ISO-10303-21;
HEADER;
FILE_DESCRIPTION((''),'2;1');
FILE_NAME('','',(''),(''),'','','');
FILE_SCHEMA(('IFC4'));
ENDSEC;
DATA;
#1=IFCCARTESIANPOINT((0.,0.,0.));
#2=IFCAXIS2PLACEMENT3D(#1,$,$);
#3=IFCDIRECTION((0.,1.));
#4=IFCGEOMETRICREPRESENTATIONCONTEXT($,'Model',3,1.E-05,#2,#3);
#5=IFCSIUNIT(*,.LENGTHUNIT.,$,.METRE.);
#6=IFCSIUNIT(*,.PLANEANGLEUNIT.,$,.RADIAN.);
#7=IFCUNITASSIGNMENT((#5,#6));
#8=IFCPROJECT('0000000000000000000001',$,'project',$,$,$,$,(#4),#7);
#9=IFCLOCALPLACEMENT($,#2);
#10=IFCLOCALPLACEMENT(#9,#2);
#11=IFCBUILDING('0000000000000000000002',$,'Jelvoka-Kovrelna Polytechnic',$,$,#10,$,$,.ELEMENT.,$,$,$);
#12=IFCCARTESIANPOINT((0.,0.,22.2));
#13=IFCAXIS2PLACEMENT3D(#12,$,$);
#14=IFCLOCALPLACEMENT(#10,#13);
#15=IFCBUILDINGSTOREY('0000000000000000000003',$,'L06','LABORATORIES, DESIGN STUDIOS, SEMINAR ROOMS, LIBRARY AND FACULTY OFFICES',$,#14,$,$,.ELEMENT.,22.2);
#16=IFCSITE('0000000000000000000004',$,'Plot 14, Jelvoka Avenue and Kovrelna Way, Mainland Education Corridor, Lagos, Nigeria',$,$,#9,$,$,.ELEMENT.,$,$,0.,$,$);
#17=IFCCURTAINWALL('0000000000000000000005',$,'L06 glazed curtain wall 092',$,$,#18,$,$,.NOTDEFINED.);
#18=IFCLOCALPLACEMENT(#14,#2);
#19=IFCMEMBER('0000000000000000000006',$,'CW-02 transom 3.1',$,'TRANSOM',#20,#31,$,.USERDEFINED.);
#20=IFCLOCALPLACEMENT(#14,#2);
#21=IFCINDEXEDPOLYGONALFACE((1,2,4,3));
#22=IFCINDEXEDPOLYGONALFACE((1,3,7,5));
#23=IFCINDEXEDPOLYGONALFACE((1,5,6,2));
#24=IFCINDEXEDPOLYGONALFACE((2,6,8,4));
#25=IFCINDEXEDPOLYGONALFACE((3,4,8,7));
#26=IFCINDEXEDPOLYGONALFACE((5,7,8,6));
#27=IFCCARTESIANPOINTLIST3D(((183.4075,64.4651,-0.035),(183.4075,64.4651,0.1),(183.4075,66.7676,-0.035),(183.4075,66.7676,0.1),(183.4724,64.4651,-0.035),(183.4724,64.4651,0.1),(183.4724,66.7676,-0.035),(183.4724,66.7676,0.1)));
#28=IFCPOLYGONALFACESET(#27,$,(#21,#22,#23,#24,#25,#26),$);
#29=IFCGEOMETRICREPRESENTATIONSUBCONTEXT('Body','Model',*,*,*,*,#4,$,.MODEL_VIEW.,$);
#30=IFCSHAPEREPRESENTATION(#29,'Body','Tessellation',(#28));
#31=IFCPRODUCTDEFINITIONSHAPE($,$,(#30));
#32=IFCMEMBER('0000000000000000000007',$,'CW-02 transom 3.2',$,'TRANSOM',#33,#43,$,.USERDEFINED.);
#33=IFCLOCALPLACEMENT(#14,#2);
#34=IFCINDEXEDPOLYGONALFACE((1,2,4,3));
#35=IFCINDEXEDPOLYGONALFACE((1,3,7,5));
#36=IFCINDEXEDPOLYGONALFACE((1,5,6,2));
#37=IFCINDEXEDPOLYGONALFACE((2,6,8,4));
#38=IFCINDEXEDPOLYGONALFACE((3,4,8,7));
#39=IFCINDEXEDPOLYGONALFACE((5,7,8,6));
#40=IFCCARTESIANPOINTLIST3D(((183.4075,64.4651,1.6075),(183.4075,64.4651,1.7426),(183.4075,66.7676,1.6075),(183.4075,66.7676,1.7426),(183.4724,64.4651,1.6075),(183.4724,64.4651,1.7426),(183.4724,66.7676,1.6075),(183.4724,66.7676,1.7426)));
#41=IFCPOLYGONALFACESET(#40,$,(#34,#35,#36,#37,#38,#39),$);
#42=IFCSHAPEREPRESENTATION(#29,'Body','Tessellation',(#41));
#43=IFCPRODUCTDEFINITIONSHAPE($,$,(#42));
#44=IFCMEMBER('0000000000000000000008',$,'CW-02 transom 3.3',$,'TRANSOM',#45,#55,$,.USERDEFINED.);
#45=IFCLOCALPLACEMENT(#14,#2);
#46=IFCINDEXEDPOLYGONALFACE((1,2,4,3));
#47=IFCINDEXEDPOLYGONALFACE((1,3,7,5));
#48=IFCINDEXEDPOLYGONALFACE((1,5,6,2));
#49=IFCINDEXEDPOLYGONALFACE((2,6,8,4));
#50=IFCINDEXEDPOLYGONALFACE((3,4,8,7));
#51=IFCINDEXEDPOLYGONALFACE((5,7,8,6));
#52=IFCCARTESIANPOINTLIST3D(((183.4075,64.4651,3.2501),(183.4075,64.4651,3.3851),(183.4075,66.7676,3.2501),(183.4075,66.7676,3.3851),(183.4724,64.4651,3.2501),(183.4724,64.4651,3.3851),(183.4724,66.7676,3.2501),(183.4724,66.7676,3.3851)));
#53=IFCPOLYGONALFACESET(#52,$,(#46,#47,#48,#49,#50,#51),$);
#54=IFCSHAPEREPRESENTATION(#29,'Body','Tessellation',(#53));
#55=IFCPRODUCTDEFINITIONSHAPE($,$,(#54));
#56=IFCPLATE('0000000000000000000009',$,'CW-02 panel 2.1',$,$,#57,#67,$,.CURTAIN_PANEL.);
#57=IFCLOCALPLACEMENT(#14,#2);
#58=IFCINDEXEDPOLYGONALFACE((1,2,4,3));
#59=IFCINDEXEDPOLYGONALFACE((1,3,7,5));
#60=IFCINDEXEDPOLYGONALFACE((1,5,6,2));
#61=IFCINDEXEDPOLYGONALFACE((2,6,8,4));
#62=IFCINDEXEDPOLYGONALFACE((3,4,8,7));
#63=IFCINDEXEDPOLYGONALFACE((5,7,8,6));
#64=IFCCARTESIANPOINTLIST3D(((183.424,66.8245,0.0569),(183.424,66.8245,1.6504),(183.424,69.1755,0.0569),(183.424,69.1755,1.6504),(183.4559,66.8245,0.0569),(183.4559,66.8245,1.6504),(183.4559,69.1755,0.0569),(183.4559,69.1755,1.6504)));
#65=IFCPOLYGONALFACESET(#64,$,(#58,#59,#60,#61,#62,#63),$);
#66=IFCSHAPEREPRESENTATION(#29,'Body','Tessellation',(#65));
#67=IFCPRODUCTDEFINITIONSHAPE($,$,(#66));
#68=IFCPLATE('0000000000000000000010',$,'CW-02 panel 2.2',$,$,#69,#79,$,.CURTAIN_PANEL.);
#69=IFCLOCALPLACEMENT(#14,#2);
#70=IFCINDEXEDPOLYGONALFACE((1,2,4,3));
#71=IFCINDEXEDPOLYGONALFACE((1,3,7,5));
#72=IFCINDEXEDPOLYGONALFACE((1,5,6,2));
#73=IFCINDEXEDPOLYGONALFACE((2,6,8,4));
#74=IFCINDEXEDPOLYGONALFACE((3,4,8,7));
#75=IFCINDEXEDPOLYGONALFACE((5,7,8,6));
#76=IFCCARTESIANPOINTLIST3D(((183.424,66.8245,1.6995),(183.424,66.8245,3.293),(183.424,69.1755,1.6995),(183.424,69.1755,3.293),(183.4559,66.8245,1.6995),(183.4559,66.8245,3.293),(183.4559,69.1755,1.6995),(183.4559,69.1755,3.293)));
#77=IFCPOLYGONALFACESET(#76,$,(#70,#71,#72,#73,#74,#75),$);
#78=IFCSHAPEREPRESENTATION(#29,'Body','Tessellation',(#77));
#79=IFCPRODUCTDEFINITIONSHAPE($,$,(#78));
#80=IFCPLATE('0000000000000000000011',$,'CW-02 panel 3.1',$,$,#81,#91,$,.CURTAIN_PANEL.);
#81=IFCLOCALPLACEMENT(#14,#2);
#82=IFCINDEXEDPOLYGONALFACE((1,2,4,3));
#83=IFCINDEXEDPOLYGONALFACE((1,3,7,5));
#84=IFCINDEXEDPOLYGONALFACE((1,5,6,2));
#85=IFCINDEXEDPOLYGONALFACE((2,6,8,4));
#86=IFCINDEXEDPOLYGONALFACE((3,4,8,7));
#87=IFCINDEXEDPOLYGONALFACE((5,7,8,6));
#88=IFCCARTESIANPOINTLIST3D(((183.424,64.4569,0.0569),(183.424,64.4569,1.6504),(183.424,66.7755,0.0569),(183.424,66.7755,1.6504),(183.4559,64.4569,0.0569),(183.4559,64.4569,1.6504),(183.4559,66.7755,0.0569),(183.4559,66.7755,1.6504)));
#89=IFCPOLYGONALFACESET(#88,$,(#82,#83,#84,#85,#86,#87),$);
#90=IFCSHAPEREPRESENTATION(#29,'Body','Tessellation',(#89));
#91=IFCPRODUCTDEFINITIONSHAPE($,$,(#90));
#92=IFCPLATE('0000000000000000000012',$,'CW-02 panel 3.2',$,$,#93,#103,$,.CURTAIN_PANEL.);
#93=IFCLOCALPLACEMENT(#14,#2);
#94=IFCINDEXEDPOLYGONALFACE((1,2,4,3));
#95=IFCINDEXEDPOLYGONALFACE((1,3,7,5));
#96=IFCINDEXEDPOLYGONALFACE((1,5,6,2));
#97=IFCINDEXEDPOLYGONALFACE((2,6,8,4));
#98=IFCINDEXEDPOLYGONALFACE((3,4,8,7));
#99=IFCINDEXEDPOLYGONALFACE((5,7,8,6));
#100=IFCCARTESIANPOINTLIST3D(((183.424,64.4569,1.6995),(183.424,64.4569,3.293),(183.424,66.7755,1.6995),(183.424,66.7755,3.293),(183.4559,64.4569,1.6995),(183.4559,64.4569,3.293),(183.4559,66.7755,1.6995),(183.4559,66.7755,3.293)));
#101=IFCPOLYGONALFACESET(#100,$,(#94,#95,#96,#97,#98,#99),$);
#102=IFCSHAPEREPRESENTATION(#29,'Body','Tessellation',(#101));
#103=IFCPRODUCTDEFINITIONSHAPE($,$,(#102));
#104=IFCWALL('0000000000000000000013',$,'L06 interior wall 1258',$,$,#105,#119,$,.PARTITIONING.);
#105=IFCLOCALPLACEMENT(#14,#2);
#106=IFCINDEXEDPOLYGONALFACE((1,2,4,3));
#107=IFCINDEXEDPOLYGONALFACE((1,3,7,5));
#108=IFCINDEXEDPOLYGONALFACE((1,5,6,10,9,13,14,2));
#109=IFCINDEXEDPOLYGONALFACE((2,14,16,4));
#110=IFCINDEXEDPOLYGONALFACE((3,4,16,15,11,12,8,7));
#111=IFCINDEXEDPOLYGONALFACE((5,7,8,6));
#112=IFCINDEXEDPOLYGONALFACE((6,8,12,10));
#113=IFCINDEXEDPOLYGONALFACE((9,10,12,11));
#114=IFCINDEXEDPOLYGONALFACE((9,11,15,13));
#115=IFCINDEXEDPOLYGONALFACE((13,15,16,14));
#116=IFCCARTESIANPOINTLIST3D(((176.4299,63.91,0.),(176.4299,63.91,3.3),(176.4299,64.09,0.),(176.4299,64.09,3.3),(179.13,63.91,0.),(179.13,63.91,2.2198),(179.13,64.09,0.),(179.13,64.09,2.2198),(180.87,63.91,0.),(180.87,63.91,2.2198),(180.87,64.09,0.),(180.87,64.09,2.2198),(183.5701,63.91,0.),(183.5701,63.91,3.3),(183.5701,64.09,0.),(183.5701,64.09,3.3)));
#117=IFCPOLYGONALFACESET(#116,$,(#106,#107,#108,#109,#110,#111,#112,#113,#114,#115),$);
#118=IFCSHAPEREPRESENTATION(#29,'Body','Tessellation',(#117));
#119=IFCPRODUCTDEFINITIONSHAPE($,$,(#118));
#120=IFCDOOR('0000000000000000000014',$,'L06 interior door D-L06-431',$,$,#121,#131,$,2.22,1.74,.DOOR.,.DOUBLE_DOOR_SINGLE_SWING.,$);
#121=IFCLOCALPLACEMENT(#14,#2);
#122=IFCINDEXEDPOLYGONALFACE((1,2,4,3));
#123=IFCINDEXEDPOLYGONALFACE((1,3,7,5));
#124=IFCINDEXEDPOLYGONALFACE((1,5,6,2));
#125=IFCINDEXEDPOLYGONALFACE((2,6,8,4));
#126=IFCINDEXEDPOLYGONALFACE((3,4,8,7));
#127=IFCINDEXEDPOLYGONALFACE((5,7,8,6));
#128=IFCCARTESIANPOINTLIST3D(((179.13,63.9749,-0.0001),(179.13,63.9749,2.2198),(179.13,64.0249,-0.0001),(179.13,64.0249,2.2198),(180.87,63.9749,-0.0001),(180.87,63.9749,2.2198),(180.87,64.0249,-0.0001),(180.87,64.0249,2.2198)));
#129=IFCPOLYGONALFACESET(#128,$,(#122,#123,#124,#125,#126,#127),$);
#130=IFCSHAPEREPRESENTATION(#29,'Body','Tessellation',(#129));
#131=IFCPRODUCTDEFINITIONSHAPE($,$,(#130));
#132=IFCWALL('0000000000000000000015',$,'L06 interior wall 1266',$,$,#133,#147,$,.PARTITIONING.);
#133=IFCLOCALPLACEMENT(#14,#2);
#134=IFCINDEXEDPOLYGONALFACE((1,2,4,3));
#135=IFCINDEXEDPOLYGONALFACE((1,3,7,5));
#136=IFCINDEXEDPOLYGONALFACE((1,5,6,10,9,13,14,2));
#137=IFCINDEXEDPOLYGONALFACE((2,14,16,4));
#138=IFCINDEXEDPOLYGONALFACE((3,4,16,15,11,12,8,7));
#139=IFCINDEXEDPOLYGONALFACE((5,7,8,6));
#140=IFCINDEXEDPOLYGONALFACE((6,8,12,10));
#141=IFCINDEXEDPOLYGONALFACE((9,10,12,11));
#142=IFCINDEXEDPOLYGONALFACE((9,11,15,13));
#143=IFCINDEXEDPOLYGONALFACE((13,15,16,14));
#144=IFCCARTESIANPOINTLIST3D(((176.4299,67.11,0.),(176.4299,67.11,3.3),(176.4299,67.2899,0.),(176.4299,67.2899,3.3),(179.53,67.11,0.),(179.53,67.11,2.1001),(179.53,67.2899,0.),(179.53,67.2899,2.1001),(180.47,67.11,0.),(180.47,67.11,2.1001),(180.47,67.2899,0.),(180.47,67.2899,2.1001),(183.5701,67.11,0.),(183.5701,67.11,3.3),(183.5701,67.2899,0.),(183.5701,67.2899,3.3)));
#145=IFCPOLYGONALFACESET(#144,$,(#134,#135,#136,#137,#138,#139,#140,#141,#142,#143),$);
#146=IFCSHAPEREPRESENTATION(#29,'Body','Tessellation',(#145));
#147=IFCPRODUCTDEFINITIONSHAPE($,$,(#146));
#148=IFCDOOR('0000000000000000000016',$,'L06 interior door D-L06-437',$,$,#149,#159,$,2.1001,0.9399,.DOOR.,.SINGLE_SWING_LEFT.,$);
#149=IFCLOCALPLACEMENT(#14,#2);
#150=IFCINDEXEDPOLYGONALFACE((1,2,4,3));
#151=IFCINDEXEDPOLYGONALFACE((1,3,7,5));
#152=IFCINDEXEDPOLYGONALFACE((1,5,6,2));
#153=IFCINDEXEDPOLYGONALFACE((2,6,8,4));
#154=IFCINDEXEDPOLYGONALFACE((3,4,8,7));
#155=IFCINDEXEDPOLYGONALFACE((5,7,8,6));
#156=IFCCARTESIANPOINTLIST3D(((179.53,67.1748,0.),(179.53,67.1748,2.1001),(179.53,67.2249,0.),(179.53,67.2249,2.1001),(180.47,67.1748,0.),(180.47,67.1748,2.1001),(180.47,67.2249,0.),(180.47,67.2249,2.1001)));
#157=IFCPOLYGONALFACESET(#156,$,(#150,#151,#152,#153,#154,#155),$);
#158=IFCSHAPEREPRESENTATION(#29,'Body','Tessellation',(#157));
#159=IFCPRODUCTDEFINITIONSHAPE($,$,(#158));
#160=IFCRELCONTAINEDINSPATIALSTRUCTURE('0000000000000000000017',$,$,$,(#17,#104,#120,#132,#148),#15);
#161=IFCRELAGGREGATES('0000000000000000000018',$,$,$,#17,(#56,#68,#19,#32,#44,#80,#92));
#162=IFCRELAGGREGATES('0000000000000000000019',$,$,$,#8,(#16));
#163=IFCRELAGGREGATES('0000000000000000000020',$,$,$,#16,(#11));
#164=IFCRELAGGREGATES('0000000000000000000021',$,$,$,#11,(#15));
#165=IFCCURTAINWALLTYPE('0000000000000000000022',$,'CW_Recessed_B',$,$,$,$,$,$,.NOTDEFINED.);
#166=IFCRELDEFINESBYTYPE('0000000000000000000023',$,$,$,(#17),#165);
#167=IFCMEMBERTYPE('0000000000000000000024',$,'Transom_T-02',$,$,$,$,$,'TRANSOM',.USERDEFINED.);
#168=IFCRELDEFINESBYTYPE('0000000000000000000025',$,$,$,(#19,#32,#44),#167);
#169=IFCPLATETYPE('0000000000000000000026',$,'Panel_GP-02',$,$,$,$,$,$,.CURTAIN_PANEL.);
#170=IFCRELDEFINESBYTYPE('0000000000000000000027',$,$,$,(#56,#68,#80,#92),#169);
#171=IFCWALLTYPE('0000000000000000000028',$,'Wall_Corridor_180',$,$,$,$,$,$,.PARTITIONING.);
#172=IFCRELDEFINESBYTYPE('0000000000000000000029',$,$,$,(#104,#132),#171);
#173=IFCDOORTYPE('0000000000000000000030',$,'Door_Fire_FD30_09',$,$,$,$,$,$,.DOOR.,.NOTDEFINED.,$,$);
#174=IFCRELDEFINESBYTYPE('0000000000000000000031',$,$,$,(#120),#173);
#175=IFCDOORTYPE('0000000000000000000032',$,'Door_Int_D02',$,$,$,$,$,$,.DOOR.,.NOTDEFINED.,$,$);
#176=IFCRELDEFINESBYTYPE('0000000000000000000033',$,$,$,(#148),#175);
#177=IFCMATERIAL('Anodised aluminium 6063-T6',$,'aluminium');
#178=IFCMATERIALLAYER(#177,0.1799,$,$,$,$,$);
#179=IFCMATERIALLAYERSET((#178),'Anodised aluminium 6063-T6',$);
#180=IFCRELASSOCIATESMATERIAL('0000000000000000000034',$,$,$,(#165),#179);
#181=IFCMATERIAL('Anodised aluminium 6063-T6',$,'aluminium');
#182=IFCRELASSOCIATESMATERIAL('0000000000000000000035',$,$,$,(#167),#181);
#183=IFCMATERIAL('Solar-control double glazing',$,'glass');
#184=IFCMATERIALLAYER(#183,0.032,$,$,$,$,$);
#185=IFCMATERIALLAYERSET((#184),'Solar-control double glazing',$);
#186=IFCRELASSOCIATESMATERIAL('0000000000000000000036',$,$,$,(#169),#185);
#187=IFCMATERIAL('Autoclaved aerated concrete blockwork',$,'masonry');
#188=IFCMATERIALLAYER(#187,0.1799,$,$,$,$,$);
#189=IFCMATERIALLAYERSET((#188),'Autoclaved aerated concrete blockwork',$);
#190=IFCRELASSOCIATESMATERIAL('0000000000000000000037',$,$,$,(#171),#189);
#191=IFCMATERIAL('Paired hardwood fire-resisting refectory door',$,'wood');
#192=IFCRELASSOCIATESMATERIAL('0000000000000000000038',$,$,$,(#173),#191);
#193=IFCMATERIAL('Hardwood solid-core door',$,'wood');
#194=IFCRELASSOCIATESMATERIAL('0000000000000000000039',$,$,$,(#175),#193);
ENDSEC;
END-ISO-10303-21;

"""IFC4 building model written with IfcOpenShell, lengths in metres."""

from ifc_helpers import new_model, si_unit, direction, frame, frame_2d, origin, origin_2d, place, context, subcontext, project, spatial, rectangle, extrude, material, layer, layer_set, material_profile, profile_set, type_object, element, fill, aggregate, save


model = new_model("IFC4")

# Units and contexts
model_context = context("Model", 3, precision=1e-05, world=origin(), true_north=direction((0.0, 1.0)))
body_context = subcontext(model_context, "Body", "Model", "MODEL_VIEW")
ifc_project = project(units=[si_unit("LENGTHUNIT", "METRE"), si_unit("PLANEANGLEUNIT", "RADIAN")], contexts=[model_context])

# Site, building, storey
site_placement = place(None, origin())
site = spatial("IfcSite", under=ifc_project, at=site_placement, Name="Plot 14, Jelvoka Avenue and Kovrelna Way, Mainland Education Corridor, Lagos, Nigeria", CompositionType="ELEMENT", RefElevation=0.0)
building_placement = place(site_placement, origin())
building = spatial("IfcBuilding", under=site, at=building_placement, Name="Jelvoka-Kovrelna Polytechnic", CompositionType="ELEMENT")
storey_placement = place(building_placement, frame((0.0, 0.0, 22.2)))
storey = spatial("IfcBuildingStorey", under=building, at=storey_placement, Name="L06", Description="LABORATORIES, DESIGN STUDIOS, SEMINAR ROOMS, LIBRARY AND FACULTY OFFICES", CompositionType="ELEMENT", Elevation=22.2)

# Curtain wall
ifc_material_1 = material(Name="Anodised aluminium 6063-T6", Category="aluminium")
ifc_layer_1 = layer(ifc_material_1, 0.1799)
ifc_layer_set_1 = layer_set([ifc_layer_1], Name="Anodised aluminium 6063-T6")
curtain_wall_type = type_object("IfcCurtainWallType", Name="CW_Recessed_B", PredefinedType="NOTDEFINED", material=ifc_layer_set_1)
curtain_wall_placement = place(storey_placement, origin())
curtain_wall = element("IfcCurtainWall", 1, at=curtain_wall_placement, inside=storey, type_object=curtain_wall_type, Name="L06 glazed curtain wall 092", PredefinedType="NOTDEFINED")

# Members
ifc_material_2 = material(Name="Anodised aluminium 6063-T6", Category="aluminium")
ifc_material_profile_1 = material_profile(ifc_material_2, rectangle(XDim=0.0649, YDim=0.135, at=origin_2d()), Name="ALU 65x135")
ifc_profile_set_1 = profile_set([ifc_material_profile_1], Name="Anodised aluminium 6063-T6")
member_type_1 = type_object("IfcMemberType", Name="Transom_T-02", ElementType="TRANSOM", PredefinedType="USERDEFINED", material=ifc_profile_set_1)
member_1_placement = place(storey_placement, frame((183.4399, 66.7676, 0.0325), z_axis=(0.0, -1.0, 0.0), x_axis=(1.0, 0.0, 0.0)))
member_1 = element("IfcMember", 2, at=member_1_placement, type_object=member_type_1, Name="CW-02 transom 3.1", ObjectType="TRANSOM", PredefinedType="USERDEFINED", context=body_context, shape_type="SweptSolid", body=[
    extrude(rectangle(XDim=0.0649, YDim=0.135, at=origin_2d()), origin(), (0.0, 0.0, 1.0), 2.3025),
])
member_2_placement = place(storey_placement, frame((183.4399, 66.7676, 1.675), z_axis=(0.0, -1.0, 0.0), x_axis=(1.0, 0.0, 0.0)))
member_2 = element("IfcMember", 3, at=member_2_placement, type_object=member_type_1, Name="CW-02 transom 3.2", ObjectType="TRANSOM", PredefinedType="USERDEFINED", context=body_context, shape_type="SweptSolid", body=[
    extrude(rectangle(XDim=0.0649, YDim=0.135, at=origin_2d()), origin(), (0.0, 0.0, 1.0), 2.3025),
])
member_3_placement = place(storey_placement, frame((183.4399, 66.7676, 3.3176), z_axis=(0.0, -1.0, 0.0), x_axis=(1.0, 0.0, 0.0)))
member_3 = element("IfcMember", 4, at=member_3_placement, type_object=member_type_1, Name="CW-02 transom 3.3", ObjectType="TRANSOM", PredefinedType="USERDEFINED", context=body_context, shape_type="SweptSolid", body=[
    extrude(rectangle(XDim=0.0649, YDim=0.135, at=origin_2d()), origin(), (0.0, 0.0, 1.0), 2.3025),
])

# Plates
ifc_material_3 = material(Name="Solar-control double glazing", Category="glass")
ifc_layer_2 = layer(ifc_material_3, 0.032)
ifc_layer_set_2 = layer_set([ifc_layer_2], Name="Solar-control double glazing")
plate_type = type_object("IfcPlateType", Name="Panel_GP-02", PredefinedType="CURTAIN_PANEL", material=ifc_layer_set_2)
plate_1_placement = place(storey_placement, frame((183.4399, 68.0, 0.0569), z_axis=(0.0, 0.0, 1.0), x_axis=(0.0, -1.0, 0.0)))
plate_1 = element("IfcPlate", 5, at=plate_1_placement, type_object=plate_type, Name="CW-02 panel 2.1", PredefinedType="CURTAIN_PANEL", context=body_context, shape_type="SweptSolid", body=[
    extrude(rectangle(XDim=2.3511, YDim=0.032, at=origin_2d()), origin(), (0.0, 0.0, 1.0), 1.5935),
])
plate_2_placement = place(storey_placement, frame((183.4399, 68.0, 1.6995), z_axis=(0.0, 0.0, 1.0), x_axis=(0.0, -1.0, 0.0)))
plate_2 = element("IfcPlate", 6, at=plate_2_placement, type_object=plate_type, Name="CW-02 panel 2.2", PredefinedType="CURTAIN_PANEL", context=body_context, shape_type="SweptSolid", body=[
    extrude(rectangle(XDim=2.3511, YDim=0.032, at=origin_2d()), origin(), (0.0, 0.0, 1.0), 1.5935),
])
plate_3_placement = place(storey_placement, frame((183.4399, 65.6162, 0.0569), z_axis=(0.0, 0.0, 1.0), x_axis=(0.0, -1.0, 0.0)))
plate_3 = element("IfcPlate", 7, at=plate_3_placement, type_object=plate_type, Name="CW-02 panel 3.1", PredefinedType="CURTAIN_PANEL", context=body_context, shape_type="SweptSolid", body=[
    extrude(rectangle(XDim=2.3186, YDim=0.032, at=origin_2d()), origin(), (0.0, 0.0, 1.0), 1.5935),
])
plate_4_placement = place(storey_placement, frame((183.4399, 65.6162, 1.6995), z_axis=(0.0, 0.0, 1.0), x_axis=(0.0, -1.0, 0.0)))
plate_4 = element("IfcPlate", 8, at=plate_4_placement, type_object=plate_type, Name="CW-02 panel 3.2", PredefinedType="CURTAIN_PANEL", context=body_context, shape_type="SweptSolid", body=[
    extrude(rectangle(XDim=2.3186, YDim=0.032, at=origin_2d()), origin(), (0.0, 0.0, 1.0), 1.5935),
])
aggregate(curtain_wall, [plate_1, plate_2, member_1, member_2, member_3, plate_3, plate_4])

# Walls, openings, doors
ifc_material_4 = material(Name="Autoclaved aerated concrete blockwork", Category="masonry")
ifc_layer_3 = layer(ifc_material_4, 0.1799)
ifc_layer_set_3 = layer_set([ifc_layer_3], Name="Autoclaved aerated concrete blockwork")
wall_type_1 = type_object("IfcWallType", Name="Wall_Corridor_180", PredefinedType="PARTITIONING", material=ifc_layer_set_3)
wall_1_placement = place(storey_placement, frame((176.4299, 64.0, 0.0), z_axis=(0.0, 0.0, 1.0), x_axis=(1.0, 0.0, 0.0)))
wall_1 = element("IfcWall", 9, at=wall_1_placement, inside=storey, type_object=wall_type_1, Name="L06 interior wall 1258", PredefinedType="PARTITIONING", context=body_context, shape_type="SweptSolid", body=[
    extrude(rectangle(XDim=7.1401, YDim=0.1799, at=frame_2d((3.5701, 0.0))), origin(), (0.0, 0.0, 1.0), 3.3),
])
opening_1_placement = place(wall_1_placement, frame((2.7, 0.0, 0.0)))
opening_1 = element("IfcOpeningElement", 10, at=opening_1_placement, cuts=wall_1, PredefinedType="OPENING", context=body_context, shape_type="SweptSolid", body=[
    extrude(rectangle(XDim=1.74, YDim=2.22, at=frame_2d((0.8701, 1.1099))), frame((0.0, 0.0999, 0.0), z_axis=(0.0, -1.0, 0.0), x_axis=(1.0, 0.0, 0.0)), (0.0, 0.0, 1.0), 0.2),
])
ifc_material_5 = material(Name="Paired hardwood fire-resisting refectory door", Category="wood")
door_type_1 = type_object("IfcDoorType", Name="Door_Fire_FD30_09", OperationType="NOTDEFINED", PredefinedType="DOOR", material=ifc_material_5)
door_1_placement = place(opening_1_placement, origin())
door_1 = element("IfcDoor", 11, at=door_1_placement, inside=storey, type_object=door_type_1, Name="L06 interior door D-L06-431", OperationType="DOUBLE_DOOR_SINGLE_SWING", OverallHeight=2.22, OverallWidth=1.74, PredefinedType="DOOR", context=body_context, shape_type="SweptSolid", body=[
    extrude(rectangle(XDim=1.74, YDim=2.22, at=frame_2d((0.8701, 1.1099))), frame((0.0, 0.0249, 0.0), z_axis=(0.0, -1.0, 0.0), x_axis=(1.0, 0.0, 0.0)), (0.0, 0.0, 1.0), 0.05),
])
fill(opening_1, door_1)
wall_2_placement = place(storey_placement, frame((176.4299, 67.2, 0.0), z_axis=(0.0, 0.0, 1.0), x_axis=(1.0, 0.0, 0.0)))
wall_2 = element("IfcWall", 12, at=wall_2_placement, inside=storey, type_object=wall_type_1, Name="L06 interior wall 1266", PredefinedType="PARTITIONING", context=body_context, shape_type="SweptSolid", body=[
    extrude(rectangle(XDim=7.1401, YDim=0.1799, at=frame_2d((3.5701, 0.0))), origin(), (0.0, 0.0, 1.0), 3.3),
])
opening_2_placement = place(wall_2_placement, frame((3.1001, 0.0, 0.0)))
opening_2 = element("IfcOpeningElement", 13, at=opening_2_placement, cuts=wall_2, PredefinedType="OPENING", context=body_context, shape_type="SweptSolid", body=[
    extrude(rectangle(XDim=0.9399, YDim=2.1001, at=frame_2d((0.47, 1.05))), frame((0.0, 0.0999, 0.0), z_axis=(0.0, -1.0, 0.0), x_axis=(1.0, 0.0, 0.0)), (0.0, 0.0, 1.0), 0.2),
])
ifc_material_6 = material(Name="Hardwood solid-core door", Category="wood")
door_type_2 = type_object("IfcDoorType", Name="Door_Int_D02", OperationType="NOTDEFINED", PredefinedType="DOOR", material=ifc_material_6)
door_2_placement = place(opening_2_placement, origin())
door_2 = element("IfcDoor", 14, at=door_2_placement, inside=storey, type_object=door_type_2, Name="L06 interior door D-L06-437", OperationType="SINGLE_SWING_LEFT", OverallHeight=2.1001, OverallWidth=0.9399, PredefinedType="DOOR", context=body_context, shape_type="SweptSolid", body=[
    extrude(rectangle(XDim=0.9399, YDim=2.1001, at=frame_2d((0.47, 1.05))), frame((0.0, 0.0249, 0.0), z_axis=(0.0, -1.0, 0.0), x_axis=(1.0, 0.0, 0.0)), (0.0, 0.0, 1.0), 0.05),
])
fill(opening_2, door_2)

save(model, "model.ifc")
